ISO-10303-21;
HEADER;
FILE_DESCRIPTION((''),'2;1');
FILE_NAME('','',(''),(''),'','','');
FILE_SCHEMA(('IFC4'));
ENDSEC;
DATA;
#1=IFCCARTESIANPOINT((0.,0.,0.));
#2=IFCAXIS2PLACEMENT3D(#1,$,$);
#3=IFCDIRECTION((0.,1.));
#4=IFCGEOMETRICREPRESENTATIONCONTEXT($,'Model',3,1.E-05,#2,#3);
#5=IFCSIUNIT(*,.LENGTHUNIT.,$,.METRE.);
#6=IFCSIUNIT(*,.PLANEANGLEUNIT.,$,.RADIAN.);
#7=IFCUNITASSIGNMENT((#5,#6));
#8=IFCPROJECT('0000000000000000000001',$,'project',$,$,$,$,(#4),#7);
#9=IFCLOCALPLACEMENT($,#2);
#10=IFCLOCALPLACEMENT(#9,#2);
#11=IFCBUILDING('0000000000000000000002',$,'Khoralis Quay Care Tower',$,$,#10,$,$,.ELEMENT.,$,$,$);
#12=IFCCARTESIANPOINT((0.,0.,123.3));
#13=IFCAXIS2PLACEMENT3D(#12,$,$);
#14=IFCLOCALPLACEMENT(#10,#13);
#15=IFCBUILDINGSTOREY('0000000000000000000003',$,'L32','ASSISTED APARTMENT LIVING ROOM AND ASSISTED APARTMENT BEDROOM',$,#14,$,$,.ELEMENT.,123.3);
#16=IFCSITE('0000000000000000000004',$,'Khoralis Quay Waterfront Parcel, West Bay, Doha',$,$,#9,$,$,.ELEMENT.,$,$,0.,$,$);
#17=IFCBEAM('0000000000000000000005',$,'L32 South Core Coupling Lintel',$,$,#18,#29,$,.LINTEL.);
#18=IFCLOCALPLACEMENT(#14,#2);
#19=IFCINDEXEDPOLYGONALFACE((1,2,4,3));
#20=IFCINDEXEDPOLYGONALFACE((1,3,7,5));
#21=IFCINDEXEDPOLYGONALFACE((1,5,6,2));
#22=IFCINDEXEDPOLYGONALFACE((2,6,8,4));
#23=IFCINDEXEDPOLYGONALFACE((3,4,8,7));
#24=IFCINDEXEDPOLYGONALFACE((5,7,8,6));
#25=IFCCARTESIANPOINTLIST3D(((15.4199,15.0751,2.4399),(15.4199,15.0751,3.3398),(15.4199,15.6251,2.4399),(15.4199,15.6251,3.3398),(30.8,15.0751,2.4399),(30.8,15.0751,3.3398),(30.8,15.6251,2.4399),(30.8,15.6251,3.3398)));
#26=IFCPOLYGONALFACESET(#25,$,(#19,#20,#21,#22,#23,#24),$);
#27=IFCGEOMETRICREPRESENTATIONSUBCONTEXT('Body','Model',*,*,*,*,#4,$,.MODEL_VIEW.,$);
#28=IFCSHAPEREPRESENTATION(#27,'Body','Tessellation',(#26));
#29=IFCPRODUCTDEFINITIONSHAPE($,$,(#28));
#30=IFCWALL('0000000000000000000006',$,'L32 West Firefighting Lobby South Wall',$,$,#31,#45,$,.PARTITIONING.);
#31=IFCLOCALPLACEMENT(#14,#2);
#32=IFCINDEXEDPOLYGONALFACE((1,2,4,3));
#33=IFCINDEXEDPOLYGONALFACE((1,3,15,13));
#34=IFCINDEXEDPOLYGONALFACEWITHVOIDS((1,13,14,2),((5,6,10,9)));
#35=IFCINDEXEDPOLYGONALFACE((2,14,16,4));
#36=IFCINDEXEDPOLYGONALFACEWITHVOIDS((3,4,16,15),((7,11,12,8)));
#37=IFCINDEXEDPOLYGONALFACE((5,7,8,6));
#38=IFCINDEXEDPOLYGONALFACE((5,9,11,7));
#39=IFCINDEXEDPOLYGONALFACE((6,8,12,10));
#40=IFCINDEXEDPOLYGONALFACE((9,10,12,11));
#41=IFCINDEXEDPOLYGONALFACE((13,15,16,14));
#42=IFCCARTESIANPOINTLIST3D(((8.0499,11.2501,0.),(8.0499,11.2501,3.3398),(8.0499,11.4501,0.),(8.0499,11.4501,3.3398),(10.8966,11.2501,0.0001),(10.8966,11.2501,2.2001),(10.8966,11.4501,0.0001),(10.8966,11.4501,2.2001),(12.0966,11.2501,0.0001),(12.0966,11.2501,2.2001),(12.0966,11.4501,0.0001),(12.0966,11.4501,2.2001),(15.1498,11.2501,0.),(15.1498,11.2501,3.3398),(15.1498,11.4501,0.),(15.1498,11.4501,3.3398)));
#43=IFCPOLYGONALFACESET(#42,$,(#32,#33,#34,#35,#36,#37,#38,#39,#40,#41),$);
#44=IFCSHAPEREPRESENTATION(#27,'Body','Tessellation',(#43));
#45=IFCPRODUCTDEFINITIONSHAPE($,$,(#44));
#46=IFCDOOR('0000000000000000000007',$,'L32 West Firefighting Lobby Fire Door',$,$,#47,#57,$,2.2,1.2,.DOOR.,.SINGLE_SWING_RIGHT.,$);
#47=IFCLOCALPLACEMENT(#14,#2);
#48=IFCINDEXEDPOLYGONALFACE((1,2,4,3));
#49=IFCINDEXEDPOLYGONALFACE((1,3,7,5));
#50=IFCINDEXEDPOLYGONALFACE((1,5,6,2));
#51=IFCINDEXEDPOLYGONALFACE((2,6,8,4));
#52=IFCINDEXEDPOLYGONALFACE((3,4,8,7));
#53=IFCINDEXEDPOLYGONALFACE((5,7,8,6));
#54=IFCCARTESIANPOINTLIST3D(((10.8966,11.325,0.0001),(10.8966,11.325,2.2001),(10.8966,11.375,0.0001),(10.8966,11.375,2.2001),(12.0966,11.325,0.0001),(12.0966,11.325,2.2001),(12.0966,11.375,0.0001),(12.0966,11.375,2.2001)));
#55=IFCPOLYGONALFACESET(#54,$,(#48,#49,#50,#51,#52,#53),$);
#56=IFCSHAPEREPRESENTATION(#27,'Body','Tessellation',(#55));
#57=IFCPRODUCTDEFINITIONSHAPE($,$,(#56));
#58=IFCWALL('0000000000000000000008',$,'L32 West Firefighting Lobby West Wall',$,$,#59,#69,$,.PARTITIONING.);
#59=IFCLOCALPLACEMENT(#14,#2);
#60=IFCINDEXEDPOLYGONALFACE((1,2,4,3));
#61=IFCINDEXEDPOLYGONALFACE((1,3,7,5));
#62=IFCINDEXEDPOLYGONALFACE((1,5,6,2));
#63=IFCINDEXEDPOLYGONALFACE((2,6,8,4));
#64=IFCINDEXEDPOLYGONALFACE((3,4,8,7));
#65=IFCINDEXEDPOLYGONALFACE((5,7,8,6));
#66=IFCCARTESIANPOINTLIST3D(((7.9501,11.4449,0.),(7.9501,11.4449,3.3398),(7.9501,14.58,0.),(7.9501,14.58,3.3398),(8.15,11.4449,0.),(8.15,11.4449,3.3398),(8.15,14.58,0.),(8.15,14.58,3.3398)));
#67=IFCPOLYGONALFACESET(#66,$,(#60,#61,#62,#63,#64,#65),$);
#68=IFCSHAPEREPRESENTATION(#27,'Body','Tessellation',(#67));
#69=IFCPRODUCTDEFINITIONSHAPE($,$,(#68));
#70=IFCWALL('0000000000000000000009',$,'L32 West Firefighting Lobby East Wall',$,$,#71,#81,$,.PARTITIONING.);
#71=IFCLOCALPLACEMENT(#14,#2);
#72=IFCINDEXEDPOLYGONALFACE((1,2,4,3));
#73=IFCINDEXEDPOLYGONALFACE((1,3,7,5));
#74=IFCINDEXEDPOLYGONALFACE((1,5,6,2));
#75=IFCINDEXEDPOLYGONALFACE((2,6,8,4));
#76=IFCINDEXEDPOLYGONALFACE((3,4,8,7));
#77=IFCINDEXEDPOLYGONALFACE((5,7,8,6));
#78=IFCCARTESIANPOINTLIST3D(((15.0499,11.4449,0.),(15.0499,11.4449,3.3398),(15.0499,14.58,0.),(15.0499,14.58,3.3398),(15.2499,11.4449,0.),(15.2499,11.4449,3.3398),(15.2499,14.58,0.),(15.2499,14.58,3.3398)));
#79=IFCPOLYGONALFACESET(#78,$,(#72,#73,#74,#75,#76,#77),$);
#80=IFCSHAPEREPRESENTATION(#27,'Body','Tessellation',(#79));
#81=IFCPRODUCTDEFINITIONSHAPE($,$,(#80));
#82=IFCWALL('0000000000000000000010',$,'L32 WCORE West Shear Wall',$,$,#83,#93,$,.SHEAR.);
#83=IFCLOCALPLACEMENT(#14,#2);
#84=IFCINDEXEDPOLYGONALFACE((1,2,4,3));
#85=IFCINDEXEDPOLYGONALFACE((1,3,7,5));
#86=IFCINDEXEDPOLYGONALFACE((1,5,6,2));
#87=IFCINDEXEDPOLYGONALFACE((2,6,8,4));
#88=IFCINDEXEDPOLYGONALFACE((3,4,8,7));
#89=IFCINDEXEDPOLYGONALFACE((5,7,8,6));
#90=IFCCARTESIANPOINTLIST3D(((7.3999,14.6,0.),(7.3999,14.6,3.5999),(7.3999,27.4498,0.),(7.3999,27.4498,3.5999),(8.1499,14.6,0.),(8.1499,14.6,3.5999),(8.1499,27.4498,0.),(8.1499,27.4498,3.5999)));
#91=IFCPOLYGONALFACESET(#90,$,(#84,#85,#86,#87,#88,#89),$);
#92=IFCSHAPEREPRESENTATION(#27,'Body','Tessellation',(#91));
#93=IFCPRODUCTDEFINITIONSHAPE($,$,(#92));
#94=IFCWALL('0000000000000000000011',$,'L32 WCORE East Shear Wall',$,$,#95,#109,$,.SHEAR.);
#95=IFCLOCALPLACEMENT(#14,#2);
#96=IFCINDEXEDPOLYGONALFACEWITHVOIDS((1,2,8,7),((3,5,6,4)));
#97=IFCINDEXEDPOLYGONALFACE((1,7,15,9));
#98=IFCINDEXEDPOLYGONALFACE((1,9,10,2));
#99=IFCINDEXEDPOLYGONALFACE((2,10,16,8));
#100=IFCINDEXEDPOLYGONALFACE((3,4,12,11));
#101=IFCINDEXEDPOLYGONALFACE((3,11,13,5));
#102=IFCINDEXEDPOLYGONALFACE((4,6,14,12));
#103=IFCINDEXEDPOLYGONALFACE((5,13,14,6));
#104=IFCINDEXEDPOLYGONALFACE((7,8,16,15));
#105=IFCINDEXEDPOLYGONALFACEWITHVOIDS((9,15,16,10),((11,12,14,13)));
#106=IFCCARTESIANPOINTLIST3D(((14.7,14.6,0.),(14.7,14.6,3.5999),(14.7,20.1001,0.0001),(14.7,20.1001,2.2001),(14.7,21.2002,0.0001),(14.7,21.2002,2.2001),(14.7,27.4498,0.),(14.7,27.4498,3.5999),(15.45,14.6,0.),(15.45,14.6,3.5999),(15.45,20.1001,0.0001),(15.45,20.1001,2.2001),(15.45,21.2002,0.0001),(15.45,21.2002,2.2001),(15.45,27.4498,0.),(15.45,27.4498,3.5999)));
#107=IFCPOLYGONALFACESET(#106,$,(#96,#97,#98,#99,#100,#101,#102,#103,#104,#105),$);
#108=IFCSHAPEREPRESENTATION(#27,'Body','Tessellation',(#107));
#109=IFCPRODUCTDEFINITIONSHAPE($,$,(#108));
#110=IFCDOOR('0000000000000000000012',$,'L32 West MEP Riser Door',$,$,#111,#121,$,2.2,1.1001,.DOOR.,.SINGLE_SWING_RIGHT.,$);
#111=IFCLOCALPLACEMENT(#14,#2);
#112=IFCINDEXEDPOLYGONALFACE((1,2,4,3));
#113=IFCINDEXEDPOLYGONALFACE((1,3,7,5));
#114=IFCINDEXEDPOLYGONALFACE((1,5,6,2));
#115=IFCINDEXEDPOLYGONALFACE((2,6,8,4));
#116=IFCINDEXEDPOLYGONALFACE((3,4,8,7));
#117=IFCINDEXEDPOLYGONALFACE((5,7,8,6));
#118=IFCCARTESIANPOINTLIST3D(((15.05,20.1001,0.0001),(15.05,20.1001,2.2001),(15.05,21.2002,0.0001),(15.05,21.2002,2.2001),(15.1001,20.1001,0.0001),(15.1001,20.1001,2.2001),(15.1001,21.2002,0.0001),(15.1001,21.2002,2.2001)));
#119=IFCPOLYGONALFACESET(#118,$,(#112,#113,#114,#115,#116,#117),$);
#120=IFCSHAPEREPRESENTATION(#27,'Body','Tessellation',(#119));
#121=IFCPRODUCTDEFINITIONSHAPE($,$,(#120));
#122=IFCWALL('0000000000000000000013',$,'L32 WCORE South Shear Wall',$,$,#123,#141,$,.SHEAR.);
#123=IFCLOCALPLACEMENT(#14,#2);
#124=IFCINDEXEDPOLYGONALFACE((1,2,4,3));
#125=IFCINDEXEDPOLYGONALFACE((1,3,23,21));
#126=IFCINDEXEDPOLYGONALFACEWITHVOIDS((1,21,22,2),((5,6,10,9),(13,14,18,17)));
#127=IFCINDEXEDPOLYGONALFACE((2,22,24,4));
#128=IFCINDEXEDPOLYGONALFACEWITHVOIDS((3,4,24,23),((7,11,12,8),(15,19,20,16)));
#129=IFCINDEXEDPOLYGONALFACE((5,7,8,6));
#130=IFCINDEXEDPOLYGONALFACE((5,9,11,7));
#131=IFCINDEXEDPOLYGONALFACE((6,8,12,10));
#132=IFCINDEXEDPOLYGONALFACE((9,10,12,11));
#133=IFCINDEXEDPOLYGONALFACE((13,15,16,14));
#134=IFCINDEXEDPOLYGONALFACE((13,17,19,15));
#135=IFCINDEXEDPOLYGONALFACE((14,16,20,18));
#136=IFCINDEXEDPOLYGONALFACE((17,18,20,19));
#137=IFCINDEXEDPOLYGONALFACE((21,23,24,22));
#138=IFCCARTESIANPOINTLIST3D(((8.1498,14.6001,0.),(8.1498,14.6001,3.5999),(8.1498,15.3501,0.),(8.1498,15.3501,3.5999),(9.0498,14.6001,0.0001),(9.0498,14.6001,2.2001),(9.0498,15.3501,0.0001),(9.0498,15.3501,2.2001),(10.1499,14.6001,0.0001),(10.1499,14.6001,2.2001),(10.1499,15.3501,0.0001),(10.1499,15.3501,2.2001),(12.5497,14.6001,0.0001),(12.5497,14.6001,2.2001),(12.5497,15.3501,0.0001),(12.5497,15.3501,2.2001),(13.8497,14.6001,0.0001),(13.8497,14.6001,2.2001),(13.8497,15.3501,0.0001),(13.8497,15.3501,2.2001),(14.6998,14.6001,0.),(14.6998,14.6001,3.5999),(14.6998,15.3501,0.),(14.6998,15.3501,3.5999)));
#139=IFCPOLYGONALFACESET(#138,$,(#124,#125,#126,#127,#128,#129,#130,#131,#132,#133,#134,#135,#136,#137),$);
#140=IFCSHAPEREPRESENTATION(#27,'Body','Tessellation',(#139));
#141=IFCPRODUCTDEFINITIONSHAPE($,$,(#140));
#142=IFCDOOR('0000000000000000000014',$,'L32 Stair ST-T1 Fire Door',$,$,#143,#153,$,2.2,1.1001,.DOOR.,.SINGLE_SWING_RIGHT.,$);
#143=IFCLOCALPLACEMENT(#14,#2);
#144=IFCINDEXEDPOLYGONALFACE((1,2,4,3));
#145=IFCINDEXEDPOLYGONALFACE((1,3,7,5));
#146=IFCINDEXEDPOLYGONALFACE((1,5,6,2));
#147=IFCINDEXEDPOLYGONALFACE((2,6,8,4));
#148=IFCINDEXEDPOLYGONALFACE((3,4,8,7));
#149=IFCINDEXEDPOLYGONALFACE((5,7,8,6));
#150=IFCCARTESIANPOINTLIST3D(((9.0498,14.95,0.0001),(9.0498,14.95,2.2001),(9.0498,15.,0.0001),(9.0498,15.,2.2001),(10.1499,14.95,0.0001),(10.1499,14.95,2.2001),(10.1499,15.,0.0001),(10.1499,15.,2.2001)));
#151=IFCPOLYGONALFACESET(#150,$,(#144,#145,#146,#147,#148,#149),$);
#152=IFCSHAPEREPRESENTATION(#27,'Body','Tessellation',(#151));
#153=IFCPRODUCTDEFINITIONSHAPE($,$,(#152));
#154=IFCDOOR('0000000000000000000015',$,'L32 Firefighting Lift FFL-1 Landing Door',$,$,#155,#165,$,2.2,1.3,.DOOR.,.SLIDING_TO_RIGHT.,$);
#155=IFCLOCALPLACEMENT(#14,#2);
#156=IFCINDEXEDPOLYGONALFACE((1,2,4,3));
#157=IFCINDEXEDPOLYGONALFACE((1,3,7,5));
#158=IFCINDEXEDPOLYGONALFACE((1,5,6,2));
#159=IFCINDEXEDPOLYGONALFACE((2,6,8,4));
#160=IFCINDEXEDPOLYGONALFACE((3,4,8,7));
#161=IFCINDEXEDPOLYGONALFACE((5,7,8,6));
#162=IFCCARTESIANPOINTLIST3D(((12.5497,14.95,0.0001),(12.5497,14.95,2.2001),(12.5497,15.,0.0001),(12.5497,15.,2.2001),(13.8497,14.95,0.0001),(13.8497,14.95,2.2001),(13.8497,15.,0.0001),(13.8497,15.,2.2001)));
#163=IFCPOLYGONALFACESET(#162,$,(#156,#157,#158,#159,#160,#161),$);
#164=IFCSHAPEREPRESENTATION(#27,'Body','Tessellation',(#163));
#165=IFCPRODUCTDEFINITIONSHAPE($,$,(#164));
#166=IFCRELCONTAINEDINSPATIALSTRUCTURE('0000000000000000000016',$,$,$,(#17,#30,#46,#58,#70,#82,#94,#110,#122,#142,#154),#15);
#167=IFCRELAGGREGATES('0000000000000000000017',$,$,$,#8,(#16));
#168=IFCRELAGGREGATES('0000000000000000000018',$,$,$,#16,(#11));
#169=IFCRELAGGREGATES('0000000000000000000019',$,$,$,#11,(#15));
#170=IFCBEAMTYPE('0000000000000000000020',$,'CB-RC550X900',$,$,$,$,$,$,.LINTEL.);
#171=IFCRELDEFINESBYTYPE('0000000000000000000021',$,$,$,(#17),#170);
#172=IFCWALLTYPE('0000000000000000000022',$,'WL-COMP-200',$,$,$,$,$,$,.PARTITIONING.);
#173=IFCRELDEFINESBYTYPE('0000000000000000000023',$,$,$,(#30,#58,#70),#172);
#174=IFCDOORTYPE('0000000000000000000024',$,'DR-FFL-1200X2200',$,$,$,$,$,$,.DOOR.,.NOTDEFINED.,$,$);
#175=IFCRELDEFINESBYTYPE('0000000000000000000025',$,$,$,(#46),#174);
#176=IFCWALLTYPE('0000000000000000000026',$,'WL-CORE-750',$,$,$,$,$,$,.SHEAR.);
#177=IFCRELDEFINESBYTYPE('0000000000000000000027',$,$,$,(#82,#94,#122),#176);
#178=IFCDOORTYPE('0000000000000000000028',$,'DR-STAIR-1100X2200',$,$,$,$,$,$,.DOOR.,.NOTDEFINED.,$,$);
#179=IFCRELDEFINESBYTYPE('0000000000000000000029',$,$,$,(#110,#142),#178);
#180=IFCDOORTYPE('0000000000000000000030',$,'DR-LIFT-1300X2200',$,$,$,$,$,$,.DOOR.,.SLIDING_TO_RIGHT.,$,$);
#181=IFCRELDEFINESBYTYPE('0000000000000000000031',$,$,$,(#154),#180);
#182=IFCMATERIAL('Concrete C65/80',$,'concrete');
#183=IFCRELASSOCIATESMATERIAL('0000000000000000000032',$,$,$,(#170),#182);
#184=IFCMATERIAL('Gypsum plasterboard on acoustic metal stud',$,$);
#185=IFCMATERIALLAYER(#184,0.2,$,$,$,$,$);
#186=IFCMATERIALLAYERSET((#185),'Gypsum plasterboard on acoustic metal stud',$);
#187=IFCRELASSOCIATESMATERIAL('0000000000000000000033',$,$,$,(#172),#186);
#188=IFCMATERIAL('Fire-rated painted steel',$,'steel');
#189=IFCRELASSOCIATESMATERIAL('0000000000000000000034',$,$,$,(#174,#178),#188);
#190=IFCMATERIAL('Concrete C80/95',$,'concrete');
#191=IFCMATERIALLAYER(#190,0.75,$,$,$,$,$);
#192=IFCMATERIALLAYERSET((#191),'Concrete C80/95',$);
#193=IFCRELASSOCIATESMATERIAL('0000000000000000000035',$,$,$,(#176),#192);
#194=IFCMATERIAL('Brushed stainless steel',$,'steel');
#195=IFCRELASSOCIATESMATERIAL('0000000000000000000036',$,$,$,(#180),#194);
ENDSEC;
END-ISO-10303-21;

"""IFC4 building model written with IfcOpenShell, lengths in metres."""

from ifc_helpers import new_model, si_unit, direction, frame, frame_2d, origin, origin_2d, place, context, subcontext, project, spatial, rectangle, extrude, source, transform, mapped, material, layer, layer_set, material_profile, profile_set, type_object, element, fill, save


model = new_model("IFC4")

# Units and contexts
model_context = context("Model", 3, precision=1e-05, world=origin(), true_north=direction((0.0, 1.0)))
body_context = subcontext(model_context, "Body", "Model", "MODEL_VIEW")
ifc_project = project(units=[si_unit("LENGTHUNIT", "METRE"), si_unit("PLANEANGLEUNIT", "RADIAN")], contexts=[model_context])

# Site, building, storey
site_placement = place(None, origin())
site = spatial("IfcSite", under=ifc_project, at=site_placement, Name="Khoralis Quay Waterfront Parcel, West Bay, Doha", CompositionType="ELEMENT", RefElevation=0.0)
building_placement = place(site_placement, origin())
building = spatial("IfcBuilding", under=site, at=building_placement, Name="Khoralis Quay Care Tower", CompositionType="ELEMENT")
storey_placement = place(building_placement, frame((0.0, 0.0, 123.3)))
storey = spatial("IfcBuildingStorey", under=building, at=storey_placement, Name="L32", Description="ASSISTED APARTMENT LIVING ROOM AND ASSISTED APARTMENT BEDROOM", CompositionType="ELEMENT", Elevation=123.3)

# Beam
ifc_material_1 = material(Name="Concrete C65/80", Category="concrete")
ifc_material_profile = material_profile(ifc_material_1, rectangle(XDim=0.55, YDim=0.8999, at=origin_2d()), Name="Concrete C65/80")
ifc_profile_set = profile_set([ifc_material_profile], Name="Concrete C65/80")
beam_type = type_object("IfcBeamType", Name="CB-RC550X900", PredefinedType="LINTEL", material=ifc_profile_set)
shared_shape_1 = source(origin(), body_context, "Body", "SweptSolid", [
    extrude(rectangle(XDim=0.55, YDim=0.8999, at=origin_2d()), origin(), (0.0, 0.0, 1.0), 15.3801),
])
beam_placement = place(storey_placement, frame((15.4199, 15.3501, 2.8899), z_axis=(1.0, 0.0, 0.0), x_axis=(0.0, 1.0, 0.0)))
element("IfcBeam", 1, at=beam_placement, inside=storey, type_object=beam_type, Name="L32 South Core Coupling Lintel", PredefinedType="LINTEL", context=body_context, shape_type="MappedRepresentation", body=[
    mapped(shared_shape_1, transform((0.0, 0.0, 0.0), scale=1.0)),
])

# Wall, opening, door
ifc_material_2 = material(Name="Gypsum plasterboard on acoustic metal stud")
ifc_layer_1 = layer(ifc_material_2, 0.2)
ifc_layer_set_1 = layer_set([ifc_layer_1], Name="Gypsum plasterboard on acoustic metal stud")
wall_type_1 = type_object("IfcWallType", Name="WL-COMP-200", PredefinedType="PARTITIONING", material=ifc_layer_set_1)
wall_1_placement = place(storey_placement, frame((8.05, 11.3501, 0.0), z_axis=(0.0, 0.0, 1.0), x_axis=(1.0, 0.0, 0.0)))
wall_1 = element("IfcWall", 2, at=wall_1_placement, inside=storey, type_object=wall_type_1, Name="L32 West Firefighting Lobby South Wall", PredefinedType="PARTITIONING", context=body_context, shape_type="SweptSolid", body=[
    extrude(rectangle(XDim=7.0999, YDim=0.2, at=frame_2d((3.5498, 0.0))), origin(), (0.0, 0.0, 1.0), 3.3398),
])
opening_1_placement = place(wall_1_placement, frame((2.8464, 0.0, 0.0)))
opening_1 = element("IfcOpeningElement", 3, at=opening_1_placement, cuts=wall_1, PredefinedType="OPENING", context=body_context, shape_type="SweptSolid", body=[
    extrude(rectangle(XDim=1.2, YDim=2.2, at=frame_2d((0.6001, 1.1001))), frame((0.0, 0.1099, 0.0), z_axis=(0.0, -1.0, 0.0), x_axis=(1.0, 0.0, 0.0)), (0.0, 0.0, 1.0), 0.22),
])
ifc_material_3 = material(Name="Fire-rated painted steel", Category="steel")
door_type_1 = type_object("IfcDoorType", Name="DR-FFL-1200X2200", OperationType="NOTDEFINED", PredefinedType="DOOR", material=ifc_material_3)
shared_shape_2 = source(origin(), body_context, "Body", "SweptSolid", [
    extrude(rectangle(XDim=1.2, YDim=2.2, at=frame_2d((0.6001, 1.1001))), frame((0.0, 0.0249, 0.0), z_axis=(0.0, -1.0, 0.0), x_axis=(1.0, 0.0, 0.0)), (0.0, 0.0, 1.0), 0.05),
])
door_1_placement = place(opening_1_placement, origin())
door_1 = element("IfcDoor", 4, at=door_1_placement, inside=storey, type_object=door_type_1, Name="L32 West Firefighting Lobby Fire Door", OperationType="SINGLE_SWING_RIGHT", OverallHeight=2.2, OverallWidth=1.2, PredefinedType="DOOR", context=body_context, shape_type="MappedRepresentation", body=[
    mapped(shared_shape_2, transform((0.0, 0.0, 0.0), scale=1.0)),
])
fill(opening_1, door_1)

# Walls
for number, where, z_axis, x_axis, name in (
    (5, (8.05, 11.4451, 0.0), (0.0, 0.0, 1.0), (0.0, 1.0, 0.0), "L32 West Firefighting Lobby West Wall"),
    (6, (15.1499, 11.4451, 0.0), (0.0, 0.0, 1.0), (0.0, 1.0, 0.0), "L32 West Firefighting Lobby East Wall"),
):
    element("IfcWall", number, at=place(storey_placement, frame(where, z_axis=z_axis, x_axis=x_axis)), inside=storey, type_object=wall_type_1, Name=name, PredefinedType="PARTITIONING", context=body_context, shape_type="SweptSolid", body=[
        extrude(rectangle(XDim=3.135, YDim=0.2, at=frame_2d((1.5674, 0.0))), origin(), (0.0, 0.0, 1.0), 3.3398),
    ])
ifc_material_4 = material(Name="Concrete C80/95", Category="concrete")
ifc_layer_2 = layer(ifc_material_4, 0.75)
ifc_layer_set_2 = layer_set([ifc_layer_2], Name="Concrete C80/95")
wall_type_2 = type_object("IfcWallType", Name="WL-CORE-750", PredefinedType="SHEAR", material=ifc_layer_set_2)
wall_2_placement = place(storey_placement, frame((7.7749, 14.6001, 0.0), z_axis=(0.0, 0.0, 1.0), x_axis=(0.0, 1.0, 0.0)))
element("IfcWall", 7, at=wall_2_placement, inside=storey, type_object=wall_type_2, Name="L32 WCORE West Shear Wall", PredefinedType="SHEAR", context=body_context, shape_type="SweptSolid", body=[
    extrude(rectangle(XDim=12.8499, YDim=0.75, at=frame_2d((6.4248, 0.0))), origin(), (0.0, 0.0, 1.0), 3.5999),
])

# Wall, opening, door
wall_3_placement = place(storey_placement, frame((15.075, 14.6001, 0.0), z_axis=(0.0, 0.0, 1.0), x_axis=(0.0, 1.0, 0.0)))
wall_3 = element("IfcWall", 8, at=wall_3_placement, inside=storey, type_object=wall_type_2, Name="L32 WCORE East Shear Wall", PredefinedType="SHEAR", context=body_context, shape_type="SweptSolid", body=[
    extrude(rectangle(XDim=12.8499, YDim=0.75, at=frame_2d((6.4248, 0.0))), origin(), (0.0, 0.0, 1.0), 3.5999),
])
opening_2_placement = place(wall_3_placement, frame((5.5, 0.0, 0.0)))
opening_2 = element("IfcOpeningElement", 9, at=opening_2_placement, cuts=wall_3, PredefinedType="OPENING", context=body_context, shape_type="SweptSolid", body=[
    extrude(rectangle(XDim=1.1001, YDim=2.2, at=frame_2d((0.55, 1.1001))), frame((0.0, 0.385, 0.0), z_axis=(0.0, -1.0, 0.0), x_axis=(1.0, 0.0, 0.0)), (0.0, 0.0, 1.0), 0.77),
])
door_type_2 = type_object("IfcDoorType", Name="DR-STAIR-1100X2200", OperationType="NOTDEFINED", PredefinedType="DOOR", material=ifc_material_3)
shared_shape_3 = source(origin(), body_context, "Body", "SweptSolid", [
    extrude(rectangle(XDim=1.1001, YDim=2.2, at=frame_2d((0.55, 1.1001))), frame((0.0, 0.0249, 0.0), z_axis=(0.0, -1.0, 0.0), x_axis=(1.0, 0.0, 0.0)), (0.0, 0.0, 1.0), 0.05),
])
door_2_placement = place(opening_2_placement, origin())
door_2 = element("IfcDoor", 10, at=door_2_placement, inside=storey, type_object=door_type_2, Name="L32 West MEP Riser Door", OperationType="SINGLE_SWING_RIGHT", OverallHeight=2.2, OverallWidth=1.1001, PredefinedType="DOOR", context=body_context, shape_type="MappedRepresentation", body=[
    mapped(shared_shape_3, transform((0.0, 0.0, 0.0), scale=1.0)),
])
fill(opening_2, door_2)

# Wall, openings, doors
wall_4_placement = place(storey_placement, frame((8.1499, 14.9751, 0.0), z_axis=(0.0, 0.0, 1.0), x_axis=(1.0, 0.0, 0.0)))
wall_4 = element("IfcWall", 11, at=wall_4_placement, inside=storey, type_object=wall_type_2, Name="L32 WCORE South Shear Wall", PredefinedType="SHEAR", context=body_context, shape_type="SweptSolid", body=[
    extrude(rectangle(XDim=6.55, YDim=0.75, at=frame_2d((3.2749, 0.0))), origin(), (0.0, 0.0, 1.0), 3.5999),
])
opening_3_placement = place(wall_4_placement, frame((0.8999, 0.0, 0.0)))
opening_3 = element("IfcOpeningElement", 12, at=opening_3_placement, cuts=wall_4, PredefinedType="OPENING", context=body_context, shape_type="SweptSolid", body=[
    extrude(rectangle(XDim=1.1001, YDim=2.2, at=frame_2d((0.55, 1.1001))), frame((0.0, 0.385, 0.0), z_axis=(0.0, -1.0, 0.0), x_axis=(1.0, 0.0, 0.0)), (0.0, 0.0, 1.0), 0.77),
])
opening_4_placement = place(wall_4_placement, frame((4.3999, 0.0, 0.0)))
opening_4 = element("IfcOpeningElement", 13, at=opening_4_placement, cuts=wall_4, PredefinedType="OPENING", context=body_context, shape_type="SweptSolid", body=[
    extrude(rectangle(XDim=1.3, YDim=2.2, at=frame_2d((0.6499, 1.1001))), frame((0.0, 0.385, 0.0), z_axis=(0.0, -1.0, 0.0), x_axis=(1.0, 0.0, 0.0)), (0.0, 0.0, 1.0), 0.77),
])
door_3_placement = place(opening_3_placement, origin())
door_3 = element("IfcDoor", 14, at=door_3_placement, inside=storey, type_object=door_type_2, Name="L32 Stair ST-T1 Fire Door", OperationType="SINGLE_SWING_RIGHT", OverallHeight=2.2, OverallWidth=1.1001, PredefinedType="DOOR", context=body_context, shape_type="MappedRepresentation", body=[
    mapped(shared_shape_3, transform((0.0, 0.0, 0.0), scale=1.0)),
])
fill(opening_3, door_3)
ifc_material_5 = material(Name="Brushed stainless steel", Category="steel")
door_type_3 = type_object("IfcDoorType", Name="DR-LIFT-1300X2200", OperationType="SLIDING_TO_RIGHT", PredefinedType="DOOR", material=ifc_material_5)
shared_shape_4 = source(origin(), body_context, "Body", "SweptSolid", [
    extrude(rectangle(XDim=1.3, YDim=2.2, at=frame_2d((0.6499, 1.1001))), frame((0.0, 0.0249, 0.0), z_axis=(0.0, -1.0, 0.0), x_axis=(1.0, 0.0, 0.0)), (0.0, 0.0, 1.0), 0.05),
])
door_4_placement = place(opening_4_placement, origin())
door_4 = element("IfcDoor", 15, at=door_4_placement, inside=storey, type_object=door_type_3, Name="L32 Firefighting Lift FFL-1 Landing Door", OperationType="SLIDING_TO_RIGHT", OverallHeight=2.2, OverallWidth=1.3, PredefinedType="DOOR", context=body_context, shape_type="MappedRepresentation", body=[
    mapped(shared_shape_4, transform((0.0, 0.0, 0.0), scale=1.0)),
])
fill(opening_4, door_4)

save(model, "model.ifc")
